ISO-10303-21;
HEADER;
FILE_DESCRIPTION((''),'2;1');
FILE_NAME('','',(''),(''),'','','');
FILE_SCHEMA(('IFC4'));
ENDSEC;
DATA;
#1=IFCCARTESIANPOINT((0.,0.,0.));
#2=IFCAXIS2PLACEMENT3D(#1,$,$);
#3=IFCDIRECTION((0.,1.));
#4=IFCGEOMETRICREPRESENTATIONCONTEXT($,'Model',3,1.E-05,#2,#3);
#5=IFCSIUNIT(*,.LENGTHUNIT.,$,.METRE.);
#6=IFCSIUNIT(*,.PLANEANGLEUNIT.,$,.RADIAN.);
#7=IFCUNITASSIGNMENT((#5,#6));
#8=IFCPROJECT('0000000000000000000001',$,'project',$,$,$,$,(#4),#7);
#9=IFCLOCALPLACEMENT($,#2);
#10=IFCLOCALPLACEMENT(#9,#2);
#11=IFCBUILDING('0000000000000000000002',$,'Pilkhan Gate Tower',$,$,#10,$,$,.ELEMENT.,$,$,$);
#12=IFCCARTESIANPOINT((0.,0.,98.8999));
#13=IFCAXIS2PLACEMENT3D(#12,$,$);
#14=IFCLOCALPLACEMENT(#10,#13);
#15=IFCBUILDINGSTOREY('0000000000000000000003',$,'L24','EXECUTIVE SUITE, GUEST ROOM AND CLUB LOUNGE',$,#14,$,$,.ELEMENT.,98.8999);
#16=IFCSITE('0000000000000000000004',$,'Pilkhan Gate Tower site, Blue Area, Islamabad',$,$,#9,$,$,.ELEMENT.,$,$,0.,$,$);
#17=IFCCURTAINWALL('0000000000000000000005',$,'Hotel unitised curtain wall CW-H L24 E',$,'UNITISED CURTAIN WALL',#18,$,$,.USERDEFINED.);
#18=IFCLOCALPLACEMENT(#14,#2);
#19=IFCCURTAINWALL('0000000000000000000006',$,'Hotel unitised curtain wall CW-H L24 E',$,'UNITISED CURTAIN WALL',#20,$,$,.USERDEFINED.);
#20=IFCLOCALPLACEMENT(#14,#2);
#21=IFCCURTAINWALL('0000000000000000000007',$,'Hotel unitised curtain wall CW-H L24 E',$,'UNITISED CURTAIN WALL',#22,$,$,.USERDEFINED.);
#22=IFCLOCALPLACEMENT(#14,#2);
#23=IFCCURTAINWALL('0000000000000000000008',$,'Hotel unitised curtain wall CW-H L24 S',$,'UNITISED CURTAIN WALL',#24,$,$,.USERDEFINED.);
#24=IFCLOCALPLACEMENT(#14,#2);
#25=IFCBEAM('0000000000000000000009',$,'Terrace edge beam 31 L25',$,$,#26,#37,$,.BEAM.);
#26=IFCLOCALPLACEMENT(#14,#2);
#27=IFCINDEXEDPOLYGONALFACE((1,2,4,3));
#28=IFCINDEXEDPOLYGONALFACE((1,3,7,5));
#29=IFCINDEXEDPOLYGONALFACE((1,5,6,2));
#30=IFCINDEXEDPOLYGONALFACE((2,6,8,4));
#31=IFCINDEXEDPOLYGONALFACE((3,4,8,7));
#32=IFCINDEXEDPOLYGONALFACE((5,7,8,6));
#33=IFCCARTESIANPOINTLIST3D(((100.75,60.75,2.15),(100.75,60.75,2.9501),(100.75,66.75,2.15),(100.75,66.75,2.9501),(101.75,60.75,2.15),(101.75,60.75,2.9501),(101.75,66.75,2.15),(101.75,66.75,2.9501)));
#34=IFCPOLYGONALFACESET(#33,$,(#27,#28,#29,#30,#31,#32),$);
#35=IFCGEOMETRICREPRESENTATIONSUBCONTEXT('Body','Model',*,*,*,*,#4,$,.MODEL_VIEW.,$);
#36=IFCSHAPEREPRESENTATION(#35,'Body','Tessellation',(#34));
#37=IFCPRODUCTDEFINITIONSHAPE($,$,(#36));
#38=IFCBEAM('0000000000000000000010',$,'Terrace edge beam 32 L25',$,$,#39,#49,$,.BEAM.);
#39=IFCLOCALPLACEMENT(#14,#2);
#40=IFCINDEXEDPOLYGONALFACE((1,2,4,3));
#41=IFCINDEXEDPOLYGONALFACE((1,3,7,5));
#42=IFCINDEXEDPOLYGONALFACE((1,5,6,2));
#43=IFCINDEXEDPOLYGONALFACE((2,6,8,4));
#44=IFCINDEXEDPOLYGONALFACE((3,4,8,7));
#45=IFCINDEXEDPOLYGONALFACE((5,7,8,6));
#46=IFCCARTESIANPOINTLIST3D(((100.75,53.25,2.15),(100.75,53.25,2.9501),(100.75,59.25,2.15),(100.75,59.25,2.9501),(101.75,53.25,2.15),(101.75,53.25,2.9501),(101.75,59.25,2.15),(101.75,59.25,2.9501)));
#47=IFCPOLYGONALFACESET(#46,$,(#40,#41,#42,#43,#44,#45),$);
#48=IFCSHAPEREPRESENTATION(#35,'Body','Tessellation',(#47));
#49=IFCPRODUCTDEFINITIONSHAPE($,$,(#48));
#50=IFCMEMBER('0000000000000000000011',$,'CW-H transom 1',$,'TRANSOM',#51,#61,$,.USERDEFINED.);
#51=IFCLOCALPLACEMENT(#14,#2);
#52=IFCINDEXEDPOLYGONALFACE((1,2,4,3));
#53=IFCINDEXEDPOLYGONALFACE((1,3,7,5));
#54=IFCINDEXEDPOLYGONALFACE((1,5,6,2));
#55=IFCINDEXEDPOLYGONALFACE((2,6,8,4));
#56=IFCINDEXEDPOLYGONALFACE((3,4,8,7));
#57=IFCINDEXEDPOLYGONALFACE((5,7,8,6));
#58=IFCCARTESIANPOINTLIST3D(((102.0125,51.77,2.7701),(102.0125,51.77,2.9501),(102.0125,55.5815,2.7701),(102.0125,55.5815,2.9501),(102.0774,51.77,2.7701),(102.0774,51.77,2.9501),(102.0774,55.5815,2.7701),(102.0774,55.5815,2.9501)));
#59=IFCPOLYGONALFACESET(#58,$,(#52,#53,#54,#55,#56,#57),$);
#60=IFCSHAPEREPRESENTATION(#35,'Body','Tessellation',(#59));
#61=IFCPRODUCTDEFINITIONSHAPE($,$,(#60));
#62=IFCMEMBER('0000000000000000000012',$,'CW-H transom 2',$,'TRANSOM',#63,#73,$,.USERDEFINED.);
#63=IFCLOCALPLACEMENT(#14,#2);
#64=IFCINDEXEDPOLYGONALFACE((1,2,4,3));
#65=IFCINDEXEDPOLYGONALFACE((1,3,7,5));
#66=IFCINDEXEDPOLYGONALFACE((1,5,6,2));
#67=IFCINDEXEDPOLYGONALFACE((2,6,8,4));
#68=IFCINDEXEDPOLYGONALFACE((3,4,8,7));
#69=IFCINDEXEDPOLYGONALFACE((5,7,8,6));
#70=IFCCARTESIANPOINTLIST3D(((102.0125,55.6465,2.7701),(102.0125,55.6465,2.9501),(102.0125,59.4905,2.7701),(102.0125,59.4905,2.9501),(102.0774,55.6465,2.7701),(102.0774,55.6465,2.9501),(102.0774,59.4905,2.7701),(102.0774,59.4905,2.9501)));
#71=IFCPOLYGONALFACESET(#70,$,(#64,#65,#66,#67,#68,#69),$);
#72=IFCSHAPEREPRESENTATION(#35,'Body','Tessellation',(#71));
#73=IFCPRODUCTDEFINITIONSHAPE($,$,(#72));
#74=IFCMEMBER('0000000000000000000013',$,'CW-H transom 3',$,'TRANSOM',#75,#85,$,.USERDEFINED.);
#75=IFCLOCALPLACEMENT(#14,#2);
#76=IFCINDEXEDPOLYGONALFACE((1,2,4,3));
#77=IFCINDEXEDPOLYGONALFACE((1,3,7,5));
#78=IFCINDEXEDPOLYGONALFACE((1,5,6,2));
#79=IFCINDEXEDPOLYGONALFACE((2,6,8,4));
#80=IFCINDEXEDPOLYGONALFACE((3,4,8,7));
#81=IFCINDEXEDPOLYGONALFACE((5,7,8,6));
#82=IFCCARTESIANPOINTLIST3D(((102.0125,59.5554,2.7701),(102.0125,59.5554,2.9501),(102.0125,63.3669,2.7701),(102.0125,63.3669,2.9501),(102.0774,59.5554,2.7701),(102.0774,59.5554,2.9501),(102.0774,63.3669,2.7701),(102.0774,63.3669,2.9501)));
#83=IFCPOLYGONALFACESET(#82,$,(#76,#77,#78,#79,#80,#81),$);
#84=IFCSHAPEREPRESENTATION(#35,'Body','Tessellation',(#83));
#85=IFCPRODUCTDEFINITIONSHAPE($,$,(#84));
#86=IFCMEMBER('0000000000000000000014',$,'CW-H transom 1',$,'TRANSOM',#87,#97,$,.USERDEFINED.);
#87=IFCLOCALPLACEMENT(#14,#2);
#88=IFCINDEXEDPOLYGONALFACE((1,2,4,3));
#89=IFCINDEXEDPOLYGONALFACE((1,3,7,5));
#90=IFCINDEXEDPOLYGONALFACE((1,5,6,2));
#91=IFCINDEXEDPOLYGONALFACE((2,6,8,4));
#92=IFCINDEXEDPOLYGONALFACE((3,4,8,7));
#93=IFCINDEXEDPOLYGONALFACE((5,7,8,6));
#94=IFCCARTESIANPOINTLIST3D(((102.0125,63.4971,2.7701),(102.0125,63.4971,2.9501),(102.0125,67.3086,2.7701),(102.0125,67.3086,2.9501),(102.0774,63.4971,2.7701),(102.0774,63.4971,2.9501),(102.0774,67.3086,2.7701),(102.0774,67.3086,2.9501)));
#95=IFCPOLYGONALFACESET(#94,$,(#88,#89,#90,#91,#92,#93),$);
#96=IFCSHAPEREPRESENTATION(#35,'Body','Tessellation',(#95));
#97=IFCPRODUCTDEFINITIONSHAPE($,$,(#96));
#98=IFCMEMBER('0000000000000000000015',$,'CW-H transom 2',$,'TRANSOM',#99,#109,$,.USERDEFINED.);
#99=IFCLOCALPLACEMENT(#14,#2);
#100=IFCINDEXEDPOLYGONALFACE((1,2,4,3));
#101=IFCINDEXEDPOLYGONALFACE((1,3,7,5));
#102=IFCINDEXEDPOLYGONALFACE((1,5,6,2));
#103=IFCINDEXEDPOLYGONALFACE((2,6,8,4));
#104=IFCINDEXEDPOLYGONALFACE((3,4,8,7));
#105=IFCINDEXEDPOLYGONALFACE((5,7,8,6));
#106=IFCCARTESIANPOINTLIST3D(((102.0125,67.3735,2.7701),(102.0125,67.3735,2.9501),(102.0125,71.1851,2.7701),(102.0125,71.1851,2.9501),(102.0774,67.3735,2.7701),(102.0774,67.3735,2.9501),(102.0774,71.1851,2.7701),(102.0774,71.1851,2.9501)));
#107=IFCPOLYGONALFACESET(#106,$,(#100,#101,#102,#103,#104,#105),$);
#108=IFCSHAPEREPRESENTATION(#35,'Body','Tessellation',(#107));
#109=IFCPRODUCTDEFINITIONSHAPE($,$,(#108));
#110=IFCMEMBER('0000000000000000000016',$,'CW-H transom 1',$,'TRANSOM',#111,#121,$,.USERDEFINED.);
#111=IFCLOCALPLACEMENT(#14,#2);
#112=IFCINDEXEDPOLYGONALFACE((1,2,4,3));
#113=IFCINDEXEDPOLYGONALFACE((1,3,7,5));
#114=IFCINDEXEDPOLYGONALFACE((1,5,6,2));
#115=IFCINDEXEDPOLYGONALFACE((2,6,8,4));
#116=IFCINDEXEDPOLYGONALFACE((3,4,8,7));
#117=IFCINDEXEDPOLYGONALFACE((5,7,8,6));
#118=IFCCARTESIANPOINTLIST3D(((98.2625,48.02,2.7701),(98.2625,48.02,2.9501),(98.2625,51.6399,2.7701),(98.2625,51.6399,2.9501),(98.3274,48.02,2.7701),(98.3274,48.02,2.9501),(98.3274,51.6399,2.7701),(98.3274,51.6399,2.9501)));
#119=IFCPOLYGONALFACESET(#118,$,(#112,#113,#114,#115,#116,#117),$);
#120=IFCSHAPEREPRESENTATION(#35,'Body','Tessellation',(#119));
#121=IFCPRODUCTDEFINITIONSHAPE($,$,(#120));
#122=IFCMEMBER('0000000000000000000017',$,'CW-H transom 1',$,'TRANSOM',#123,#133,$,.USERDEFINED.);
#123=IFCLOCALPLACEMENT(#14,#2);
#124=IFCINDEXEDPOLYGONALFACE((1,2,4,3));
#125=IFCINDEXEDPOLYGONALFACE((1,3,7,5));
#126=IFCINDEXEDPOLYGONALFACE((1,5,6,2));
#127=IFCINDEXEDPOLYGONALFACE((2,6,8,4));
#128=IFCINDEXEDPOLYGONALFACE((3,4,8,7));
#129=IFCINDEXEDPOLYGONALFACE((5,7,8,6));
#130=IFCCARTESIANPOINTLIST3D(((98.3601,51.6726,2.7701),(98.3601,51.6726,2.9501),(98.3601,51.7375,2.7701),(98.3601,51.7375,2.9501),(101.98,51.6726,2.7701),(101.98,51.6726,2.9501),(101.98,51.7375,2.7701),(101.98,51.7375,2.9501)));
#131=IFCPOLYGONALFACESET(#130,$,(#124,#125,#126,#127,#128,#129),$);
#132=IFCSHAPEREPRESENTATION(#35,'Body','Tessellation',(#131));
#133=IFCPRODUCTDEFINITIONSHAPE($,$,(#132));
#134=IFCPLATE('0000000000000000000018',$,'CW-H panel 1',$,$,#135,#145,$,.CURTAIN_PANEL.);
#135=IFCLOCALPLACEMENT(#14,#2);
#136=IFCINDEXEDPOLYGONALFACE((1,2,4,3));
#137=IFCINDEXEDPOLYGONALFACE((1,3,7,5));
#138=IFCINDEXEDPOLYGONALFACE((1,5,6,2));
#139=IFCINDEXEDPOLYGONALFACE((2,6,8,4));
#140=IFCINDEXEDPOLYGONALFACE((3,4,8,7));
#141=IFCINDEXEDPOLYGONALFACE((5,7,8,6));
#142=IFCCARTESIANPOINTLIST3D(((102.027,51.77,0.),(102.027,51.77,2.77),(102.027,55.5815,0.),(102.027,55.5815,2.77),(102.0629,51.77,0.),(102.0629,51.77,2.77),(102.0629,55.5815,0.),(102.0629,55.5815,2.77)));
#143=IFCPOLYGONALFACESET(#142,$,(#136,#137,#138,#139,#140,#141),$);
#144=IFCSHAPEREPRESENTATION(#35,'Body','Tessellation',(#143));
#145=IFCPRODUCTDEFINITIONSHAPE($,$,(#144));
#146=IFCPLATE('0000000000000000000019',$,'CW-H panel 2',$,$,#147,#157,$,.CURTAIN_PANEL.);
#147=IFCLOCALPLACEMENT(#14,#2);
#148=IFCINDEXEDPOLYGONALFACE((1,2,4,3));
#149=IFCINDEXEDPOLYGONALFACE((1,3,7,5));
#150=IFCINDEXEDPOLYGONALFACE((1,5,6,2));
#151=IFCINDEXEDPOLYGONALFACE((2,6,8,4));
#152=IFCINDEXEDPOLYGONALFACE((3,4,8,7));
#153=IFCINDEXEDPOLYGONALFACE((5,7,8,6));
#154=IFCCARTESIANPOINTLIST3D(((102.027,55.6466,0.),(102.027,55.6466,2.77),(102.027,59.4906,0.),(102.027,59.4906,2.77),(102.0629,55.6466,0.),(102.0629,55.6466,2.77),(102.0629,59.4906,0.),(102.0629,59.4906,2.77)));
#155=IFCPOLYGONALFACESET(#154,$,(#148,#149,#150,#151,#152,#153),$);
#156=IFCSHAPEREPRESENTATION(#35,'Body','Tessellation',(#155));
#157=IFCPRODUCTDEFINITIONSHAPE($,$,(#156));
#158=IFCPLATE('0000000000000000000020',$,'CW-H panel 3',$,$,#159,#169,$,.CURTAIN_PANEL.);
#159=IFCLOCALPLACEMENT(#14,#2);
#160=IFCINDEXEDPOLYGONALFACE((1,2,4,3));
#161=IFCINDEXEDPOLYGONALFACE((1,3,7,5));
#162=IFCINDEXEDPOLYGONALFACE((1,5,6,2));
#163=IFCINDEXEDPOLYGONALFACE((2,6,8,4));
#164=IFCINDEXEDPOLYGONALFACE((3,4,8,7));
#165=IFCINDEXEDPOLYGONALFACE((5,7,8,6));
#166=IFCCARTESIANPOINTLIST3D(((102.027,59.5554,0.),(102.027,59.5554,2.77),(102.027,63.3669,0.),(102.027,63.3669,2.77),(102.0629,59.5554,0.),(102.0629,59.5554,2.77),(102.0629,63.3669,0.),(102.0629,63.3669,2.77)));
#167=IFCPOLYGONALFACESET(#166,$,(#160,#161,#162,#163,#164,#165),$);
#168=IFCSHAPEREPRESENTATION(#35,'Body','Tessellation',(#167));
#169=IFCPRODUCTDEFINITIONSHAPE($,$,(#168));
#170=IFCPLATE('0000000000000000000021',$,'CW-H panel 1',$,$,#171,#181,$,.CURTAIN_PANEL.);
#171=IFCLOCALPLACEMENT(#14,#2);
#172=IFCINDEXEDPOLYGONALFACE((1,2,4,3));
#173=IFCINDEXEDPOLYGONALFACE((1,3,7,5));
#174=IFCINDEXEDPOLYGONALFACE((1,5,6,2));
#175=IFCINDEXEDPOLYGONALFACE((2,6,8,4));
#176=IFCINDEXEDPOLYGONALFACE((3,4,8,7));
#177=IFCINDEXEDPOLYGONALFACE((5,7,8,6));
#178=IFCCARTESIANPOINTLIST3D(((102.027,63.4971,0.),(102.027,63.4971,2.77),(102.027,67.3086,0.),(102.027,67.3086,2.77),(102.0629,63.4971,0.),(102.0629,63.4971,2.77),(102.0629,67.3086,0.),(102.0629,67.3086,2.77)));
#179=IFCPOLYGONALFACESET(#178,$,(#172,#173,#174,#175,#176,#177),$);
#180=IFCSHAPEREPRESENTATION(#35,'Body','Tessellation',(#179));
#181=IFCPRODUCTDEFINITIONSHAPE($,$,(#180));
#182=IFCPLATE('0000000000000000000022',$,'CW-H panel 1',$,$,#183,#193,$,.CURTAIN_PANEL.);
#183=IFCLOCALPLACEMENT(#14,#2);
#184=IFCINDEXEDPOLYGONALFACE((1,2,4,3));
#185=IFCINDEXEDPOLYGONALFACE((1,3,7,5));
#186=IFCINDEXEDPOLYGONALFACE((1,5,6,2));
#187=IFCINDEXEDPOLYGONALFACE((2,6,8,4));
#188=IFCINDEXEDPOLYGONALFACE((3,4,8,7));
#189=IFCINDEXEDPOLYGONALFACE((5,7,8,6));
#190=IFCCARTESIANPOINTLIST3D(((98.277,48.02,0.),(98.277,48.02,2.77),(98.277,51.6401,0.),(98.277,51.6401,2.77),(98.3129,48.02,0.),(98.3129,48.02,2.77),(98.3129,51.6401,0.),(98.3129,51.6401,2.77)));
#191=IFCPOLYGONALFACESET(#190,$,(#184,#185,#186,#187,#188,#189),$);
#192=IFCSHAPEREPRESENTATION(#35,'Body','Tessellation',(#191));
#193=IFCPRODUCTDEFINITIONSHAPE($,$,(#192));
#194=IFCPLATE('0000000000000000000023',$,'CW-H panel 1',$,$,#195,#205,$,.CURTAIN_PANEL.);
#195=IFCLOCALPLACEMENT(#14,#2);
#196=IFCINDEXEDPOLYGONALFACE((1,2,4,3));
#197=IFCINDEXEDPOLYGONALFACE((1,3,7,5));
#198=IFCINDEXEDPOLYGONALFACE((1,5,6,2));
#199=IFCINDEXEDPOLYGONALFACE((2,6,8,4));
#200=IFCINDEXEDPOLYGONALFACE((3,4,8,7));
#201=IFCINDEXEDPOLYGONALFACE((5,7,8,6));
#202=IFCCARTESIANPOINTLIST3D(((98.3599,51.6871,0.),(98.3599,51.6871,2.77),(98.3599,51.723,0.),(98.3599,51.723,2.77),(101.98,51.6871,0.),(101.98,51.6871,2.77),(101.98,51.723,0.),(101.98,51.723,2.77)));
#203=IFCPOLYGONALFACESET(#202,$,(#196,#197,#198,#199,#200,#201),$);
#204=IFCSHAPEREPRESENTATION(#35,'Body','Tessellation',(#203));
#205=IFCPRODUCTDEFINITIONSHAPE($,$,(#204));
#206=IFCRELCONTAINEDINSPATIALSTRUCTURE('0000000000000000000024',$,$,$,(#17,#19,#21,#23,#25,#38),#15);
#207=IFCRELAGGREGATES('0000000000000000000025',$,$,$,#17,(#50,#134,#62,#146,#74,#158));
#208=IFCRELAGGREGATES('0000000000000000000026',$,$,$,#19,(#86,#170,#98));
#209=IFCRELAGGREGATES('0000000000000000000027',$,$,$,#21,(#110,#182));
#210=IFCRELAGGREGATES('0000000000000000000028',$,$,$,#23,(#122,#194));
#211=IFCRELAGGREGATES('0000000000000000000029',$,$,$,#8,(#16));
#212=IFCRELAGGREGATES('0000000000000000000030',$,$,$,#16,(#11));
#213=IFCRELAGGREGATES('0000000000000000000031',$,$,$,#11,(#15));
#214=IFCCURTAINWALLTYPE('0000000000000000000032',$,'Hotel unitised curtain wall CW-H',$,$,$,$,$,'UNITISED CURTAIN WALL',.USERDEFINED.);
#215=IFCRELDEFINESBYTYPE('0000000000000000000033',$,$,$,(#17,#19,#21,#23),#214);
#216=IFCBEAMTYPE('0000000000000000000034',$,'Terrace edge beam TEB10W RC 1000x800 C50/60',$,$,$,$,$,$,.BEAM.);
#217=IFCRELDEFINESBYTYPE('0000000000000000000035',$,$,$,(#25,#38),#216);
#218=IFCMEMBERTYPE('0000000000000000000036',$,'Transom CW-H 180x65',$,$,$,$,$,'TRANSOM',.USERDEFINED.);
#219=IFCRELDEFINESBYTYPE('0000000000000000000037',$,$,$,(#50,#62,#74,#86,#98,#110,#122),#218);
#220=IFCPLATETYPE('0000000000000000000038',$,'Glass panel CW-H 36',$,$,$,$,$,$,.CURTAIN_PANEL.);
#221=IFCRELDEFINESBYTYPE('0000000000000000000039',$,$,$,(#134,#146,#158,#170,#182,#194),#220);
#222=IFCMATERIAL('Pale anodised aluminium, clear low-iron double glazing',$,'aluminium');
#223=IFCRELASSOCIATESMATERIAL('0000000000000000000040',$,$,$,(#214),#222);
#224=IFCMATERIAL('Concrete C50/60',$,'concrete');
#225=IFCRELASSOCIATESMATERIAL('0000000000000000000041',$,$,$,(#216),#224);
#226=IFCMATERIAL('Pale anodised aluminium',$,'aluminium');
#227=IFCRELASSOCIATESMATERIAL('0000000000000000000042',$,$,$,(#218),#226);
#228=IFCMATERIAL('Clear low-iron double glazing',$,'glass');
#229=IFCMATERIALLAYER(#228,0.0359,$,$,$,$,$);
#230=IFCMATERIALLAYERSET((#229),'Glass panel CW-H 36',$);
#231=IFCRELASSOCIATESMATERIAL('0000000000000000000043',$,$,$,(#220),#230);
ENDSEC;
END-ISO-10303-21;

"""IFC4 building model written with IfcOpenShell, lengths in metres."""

from ifc_helpers import new_model, si_unit, direction, frame, origin, origin_2d, place, context, subcontext, project, spatial, rectangle, extrude, material, layer, layer_set, material_profile, profile_set, type_object, element, aggregate, save


model = new_model("IFC4")

# Units and contexts
model_context = context("Model", 3, precision=1e-05, world=origin(), true_north=direction((0.0, 1.0)))
body_context = subcontext(model_context, "Body", "Model", "MODEL_VIEW")
ifc_project = project(units=[si_unit("LENGTHUNIT", "METRE"), si_unit("PLANEANGLEUNIT", "RADIAN")], contexts=[model_context])

# Site, building, storey
site_placement = place(None, origin())
site = spatial("IfcSite", under=ifc_project, at=site_placement, Name="Pilkhan Gate Tower site, Blue Area, Islamabad", CompositionType="ELEMENT", RefElevation=0.0)
building_placement = place(site_placement, origin())
building = spatial("IfcBuilding", under=site, at=building_placement, Name="Pilkhan Gate Tower", CompositionType="ELEMENT")
storey_placement = place(building_placement, frame((0.0, 0.0, 98.8999)))
storey = spatial("IfcBuildingStorey", under=building, at=storey_placement, Name="L24", Description="EXECUTIVE SUITE, GUEST ROOM AND CLUB LOUNGE", CompositionType="ELEMENT", Elevation=98.8999)

# Shared definitions
ifc_material_1 = material(Name="Concrete C50/60", Category="concrete")

# Curtain walls
ifc_material_2 = material(Name="Pale anodised aluminium, clear low-iron double glazing", Category="aluminium")
curtain_wall_type = type_object("IfcCurtainWallType", Name="Hotel unitised curtain wall CW-H", ElementType="UNITISED CURTAIN WALL", PredefinedType="USERDEFINED", material=ifc_material_2)
curtain_wall_1_placement = place(storey_placement, origin())
curtain_wall_1 = element("IfcCurtainWall", 1, at=curtain_wall_1_placement, inside=storey, type_object=curtain_wall_type, Name="Hotel unitised curtain wall CW-H L24 E", ObjectType="UNITISED CURTAIN WALL", PredefinedType="USERDEFINED")
ifc_material_3 = material(Name="Pale anodised aluminium", Category="aluminium")
curtain_wall_2_placement = place(storey_placement, origin())
curtain_wall_2 = element("IfcCurtainWall", 2, at=curtain_wall_2_placement, inside=storey, type_object=curtain_wall_type, Name="Hotel unitised curtain wall CW-H L24 E", ObjectType="UNITISED CURTAIN WALL", PredefinedType="USERDEFINED")

# Curtain wall
curtain_wall_3_placement = place(storey_placement, origin())
curtain_wall_3 = element("IfcCurtainWall", 3, at=curtain_wall_3_placement, inside=storey, type_object=curtain_wall_type, Name="Hotel unitised curtain wall CW-H L24 E", ObjectType="UNITISED CURTAIN WALL", PredefinedType="USERDEFINED")

# Curtain wall
curtain_wall_4_placement = place(storey_placement, origin())
curtain_wall_4 = element("IfcCurtainWall", 4, at=curtain_wall_4_placement, inside=storey, type_object=curtain_wall_type, Name="Hotel unitised curtain wall CW-H L24 S", ObjectType="UNITISED CURTAIN WALL", PredefinedType="USERDEFINED")

# Beams
ifc_material_profile_1 = material_profile(ifc_material_1, rectangle(XDim=1.0, YDim=0.8, at=origin_2d()), Name="RC 1000x800")
ifc_profile_set_1 = profile_set([ifc_material_profile_1], Name="Concrete C50/60")
beam_type_1 = type_object("IfcBeamType", Name="Terrace edge beam TEB10W RC 1000x800 C50/60", PredefinedType="BEAM", material=ifc_profile_set_1)
for number, where, z_axis, x_axis, name in (
    (5, (101.25, 66.75, 2.55), (0.0, -1.0, 0.0), (1.0, 0.0, 0.0), "Terrace edge beam 31 L25"),
    (6, (101.25, 59.25, 2.55), (0.0, -1.0, 0.0), (1.0, 0.0, 0.0), "Terrace edge beam 32 L25"),
):
    element("IfcBeam", number, at=place(storey_placement, frame(where, z_axis=z_axis, x_axis=x_axis)), inside=storey, type_object=beam_type_1, Name=name, PredefinedType="BEAM", context=body_context, shape_type="SweptSolid", body=[
        extrude(rectangle(XDim=1.0, YDim=0.8, at=origin_2d()), origin(), (0.0, 0.0, 1.0), 6.0),
    ])

# Members
ifc_material_profile_2 = material_profile(ifc_material_3, rectangle(XDim=0.0649, YDim=0.1799, at=origin_2d()), Name="Transom 180x65")
ifc_profile_set_2 = profile_set([ifc_material_profile_2], Name="Pale anodised aluminium")
member_type_1 = type_object("IfcMemberType", Name="Transom CW-H 180x65", ElementType="TRANSOM", PredefinedType="USERDEFINED", material=ifc_profile_set_2)
member_1_placement = place(storey_placement, frame((102.0449, 51.77, 2.8601), z_axis=(0.0, 1.0, 0.0), x_axis=(-1.0, 0.0, 0.0)))
member_1 = element("IfcMember", 7, at=member_1_placement, type_object=member_type_1, Name="CW-H transom 1", ObjectType="TRANSOM", PredefinedType="USERDEFINED", context=body_context, shape_type="SweptSolid", body=[
    extrude(rectangle(XDim=0.0649, YDim=0.1799, at=origin_2d()), origin(), (0.0, 0.0, 1.0), 3.8115),
])
member_2_placement = place(storey_placement, frame((102.0449, 55.6465, 2.8601), z_axis=(0.0, 1.0, 0.0), x_axis=(-1.0, 0.0, 0.0)))
member_2 = element("IfcMember", 8, at=member_2_placement, type_object=member_type_1, Name="CW-H transom 2", ObjectType="TRANSOM", PredefinedType="USERDEFINED", context=body_context, shape_type="SweptSolid", body=[
    extrude(rectangle(XDim=0.0649, YDim=0.1799, at=origin_2d()), origin(), (0.0, 0.0, 1.0), 3.844),
])
member_3_placement = place(storey_placement, frame((102.0449, 59.5554, 2.8601), z_axis=(0.0, 1.0, 0.0), x_axis=(-1.0, 0.0, 0.0)))
member_3 = element("IfcMember", 9, at=member_3_placement, type_object=member_type_1, Name="CW-H transom 3", ObjectType="TRANSOM", PredefinedType="USERDEFINED", context=body_context, shape_type="SweptSolid", body=[
    extrude(rectangle(XDim=0.0649, YDim=0.1799, at=origin_2d()), origin(), (0.0, 0.0, 1.0), 3.8115),
])
member_4_placement = place(storey_placement, frame((102.0449, 63.4971, 2.8601), z_axis=(0.0, 1.0, 0.0), x_axis=(-1.0, 0.0, 0.0)))
member_4 = element("IfcMember", 10, at=member_4_placement, type_object=member_type_1, Name="CW-H transom 1", ObjectType="TRANSOM", PredefinedType="USERDEFINED", context=body_context, shape_type="SweptSolid", body=[
    extrude(rectangle(XDim=0.0649, YDim=0.1799, at=origin_2d()), origin(), (0.0, 0.0, 1.0), 3.8115),
])
member_5_placement = place(storey_placement, frame((102.0449, 67.3735, 2.8601), z_axis=(0.0, 1.0, 0.0), x_axis=(-1.0, 0.0, 0.0)))
member_5 = element("IfcMember", 11, at=member_5_placement, type_object=member_type_1, Name="CW-H transom 2", ObjectType="TRANSOM", PredefinedType="USERDEFINED", context=body_context, shape_type="SweptSolid", body=[
    extrude(rectangle(XDim=0.0649, YDim=0.1799, at=origin_2d()), origin(), (0.0, 0.0, 1.0), 3.8115),
])
member_6_placement = place(storey_placement, frame((98.2949, 48.02, 2.8601), z_axis=(0.0, 1.0, 0.0), x_axis=(-1.0, 0.0, 0.0)))
member_6 = element("IfcMember", 12, at=member_6_placement, type_object=member_type_1, Name="CW-H transom 1", ObjectType="TRANSOM", PredefinedType="USERDEFINED", context=body_context, shape_type="SweptSolid", body=[
    extrude(rectangle(XDim=0.0649, YDim=0.1799, at=origin_2d()), origin(), (0.0, 0.0, 1.0), 3.6199),
])
member_7_placement = place(storey_placement, frame((98.3601, 51.7051, 2.8601), z_axis=(1.0, 0.0, 0.0), x_axis=(0.0, 1.0, 0.0)))
member_7 = element("IfcMember", 13, at=member_7_placement, type_object=member_type_1, Name="CW-H transom 1", ObjectType="TRANSOM", PredefinedType="USERDEFINED", context=body_context, shape_type="SweptSolid", body=[
    extrude(rectangle(XDim=0.0649, YDim=0.1799, at=origin_2d()), origin(), (0.0, 0.0, 1.0), 3.6199),
])

# Plates
ifc_material_4 = material(Name="Clear low-iron double glazing", Category="glass")
ifc_layer_1 = layer(ifc_material_4, 0.0359)
ifc_layer_set_1 = layer_set([ifc_layer_1], Name="Glass panel CW-H 36")
plate_type = type_object("IfcPlateType", Name="Glass panel CW-H 36", PredefinedType="CURTAIN_PANEL", material=ifc_layer_set_1)
plate_1_placement = place(storey_placement, frame((102.0449, 53.6758, 0.0), z_axis=(0.0, 0.0, 1.0), x_axis=(0.0, 1.0, 0.0)))
plate_1 = element("IfcPlate", 14, at=plate_1_placement, type_object=plate_type, Name="CW-H panel 1", PredefinedType="CURTAIN_PANEL", context=body_context, shape_type="SweptSolid", body=[
    extrude(rectangle(XDim=3.8115, YDim=0.0359, at=origin_2d()), origin(), (0.0, 0.0, 1.0), 2.77),
])
plate_2_placement = place(storey_placement, frame((102.0449, 57.5686, 0.0), z_axis=(0.0, 0.0, 1.0), x_axis=(0.0, 1.0, 0.0)))
plate_2 = element("IfcPlate", 15, at=plate_2_placement, type_object=plate_type, Name="CW-H panel 2", PredefinedType="CURTAIN_PANEL", context=body_context, shape_type="SweptSolid", body=[
    extrude(rectangle(XDim=3.844, YDim=0.0359, at=origin_2d()), origin(), (0.0, 0.0, 1.0), 2.77),
])
plate_3_placement = place(storey_placement, frame((102.0449, 61.4612, 0.0), z_axis=(0.0, 0.0, 1.0), x_axis=(0.0, 1.0, 0.0)))
plate_3 = element("IfcPlate", 16, at=plate_3_placement, type_object=plate_type, Name="CW-H panel 3", PredefinedType="CURTAIN_PANEL", context=body_context, shape_type="SweptSolid", body=[
    extrude(rectangle(XDim=3.8115, YDim=0.0359, at=origin_2d()), origin(), (0.0, 0.0, 1.0), 2.77),
])
aggregate(curtain_wall_1, [member_1, plate_1, member_2, plate_2, member_3, plate_3])
plate_4_placement = place(storey_placement, frame((102.0449, 65.4028, 0.0), z_axis=(0.0, 0.0, 1.0), x_axis=(0.0, 1.0, 0.0)))
plate_4 = element("IfcPlate", 17, at=plate_4_placement, type_object=plate_type, Name="CW-H panel 1", PredefinedType="CURTAIN_PANEL", context=body_context, shape_type="SweptSolid", body=[
    extrude(rectangle(XDim=3.8115, YDim=0.0359, at=origin_2d()), origin(), (0.0, 0.0, 1.0), 2.77),
])
aggregate(curtain_wall_2, [member_4, plate_4, member_5])
plate_5_placement = place(storey_placement, frame((98.2949, 49.8301, 0.0), z_axis=(0.0, 0.0, 1.0), x_axis=(0.0, 1.0, 0.0)))
plate_5 = element("IfcPlate", 18, at=plate_5_placement, type_object=plate_type, Name="CW-H panel 1", PredefinedType="CURTAIN_PANEL", context=body_context, shape_type="SweptSolid", body=[
    extrude(rectangle(XDim=3.6201, YDim=0.0359, at=origin_2d()), origin(), (0.0, 0.0, 1.0), 2.77),
])
aggregate(curtain_wall_3, [member_6, plate_5])
plate_6_placement = place(storey_placement, frame((100.1699, 51.7051, 0.0), z_axis=(0.0, 0.0, 1.0), x_axis=(1.0, 0.0, 0.0)))
plate_6 = element("IfcPlate", 19, at=plate_6_placement, type_object=plate_type, Name="CW-H panel 1", PredefinedType="CURTAIN_PANEL", context=body_context, shape_type="SweptSolid", body=[
    extrude(rectangle(XDim=3.6201, YDim=0.0359, at=origin_2d()), origin(), (0.0, 0.0, 1.0), 2.77),
])
aggregate(curtain_wall_4, [member_7, plate_6])

save(model, "model.ifc")
